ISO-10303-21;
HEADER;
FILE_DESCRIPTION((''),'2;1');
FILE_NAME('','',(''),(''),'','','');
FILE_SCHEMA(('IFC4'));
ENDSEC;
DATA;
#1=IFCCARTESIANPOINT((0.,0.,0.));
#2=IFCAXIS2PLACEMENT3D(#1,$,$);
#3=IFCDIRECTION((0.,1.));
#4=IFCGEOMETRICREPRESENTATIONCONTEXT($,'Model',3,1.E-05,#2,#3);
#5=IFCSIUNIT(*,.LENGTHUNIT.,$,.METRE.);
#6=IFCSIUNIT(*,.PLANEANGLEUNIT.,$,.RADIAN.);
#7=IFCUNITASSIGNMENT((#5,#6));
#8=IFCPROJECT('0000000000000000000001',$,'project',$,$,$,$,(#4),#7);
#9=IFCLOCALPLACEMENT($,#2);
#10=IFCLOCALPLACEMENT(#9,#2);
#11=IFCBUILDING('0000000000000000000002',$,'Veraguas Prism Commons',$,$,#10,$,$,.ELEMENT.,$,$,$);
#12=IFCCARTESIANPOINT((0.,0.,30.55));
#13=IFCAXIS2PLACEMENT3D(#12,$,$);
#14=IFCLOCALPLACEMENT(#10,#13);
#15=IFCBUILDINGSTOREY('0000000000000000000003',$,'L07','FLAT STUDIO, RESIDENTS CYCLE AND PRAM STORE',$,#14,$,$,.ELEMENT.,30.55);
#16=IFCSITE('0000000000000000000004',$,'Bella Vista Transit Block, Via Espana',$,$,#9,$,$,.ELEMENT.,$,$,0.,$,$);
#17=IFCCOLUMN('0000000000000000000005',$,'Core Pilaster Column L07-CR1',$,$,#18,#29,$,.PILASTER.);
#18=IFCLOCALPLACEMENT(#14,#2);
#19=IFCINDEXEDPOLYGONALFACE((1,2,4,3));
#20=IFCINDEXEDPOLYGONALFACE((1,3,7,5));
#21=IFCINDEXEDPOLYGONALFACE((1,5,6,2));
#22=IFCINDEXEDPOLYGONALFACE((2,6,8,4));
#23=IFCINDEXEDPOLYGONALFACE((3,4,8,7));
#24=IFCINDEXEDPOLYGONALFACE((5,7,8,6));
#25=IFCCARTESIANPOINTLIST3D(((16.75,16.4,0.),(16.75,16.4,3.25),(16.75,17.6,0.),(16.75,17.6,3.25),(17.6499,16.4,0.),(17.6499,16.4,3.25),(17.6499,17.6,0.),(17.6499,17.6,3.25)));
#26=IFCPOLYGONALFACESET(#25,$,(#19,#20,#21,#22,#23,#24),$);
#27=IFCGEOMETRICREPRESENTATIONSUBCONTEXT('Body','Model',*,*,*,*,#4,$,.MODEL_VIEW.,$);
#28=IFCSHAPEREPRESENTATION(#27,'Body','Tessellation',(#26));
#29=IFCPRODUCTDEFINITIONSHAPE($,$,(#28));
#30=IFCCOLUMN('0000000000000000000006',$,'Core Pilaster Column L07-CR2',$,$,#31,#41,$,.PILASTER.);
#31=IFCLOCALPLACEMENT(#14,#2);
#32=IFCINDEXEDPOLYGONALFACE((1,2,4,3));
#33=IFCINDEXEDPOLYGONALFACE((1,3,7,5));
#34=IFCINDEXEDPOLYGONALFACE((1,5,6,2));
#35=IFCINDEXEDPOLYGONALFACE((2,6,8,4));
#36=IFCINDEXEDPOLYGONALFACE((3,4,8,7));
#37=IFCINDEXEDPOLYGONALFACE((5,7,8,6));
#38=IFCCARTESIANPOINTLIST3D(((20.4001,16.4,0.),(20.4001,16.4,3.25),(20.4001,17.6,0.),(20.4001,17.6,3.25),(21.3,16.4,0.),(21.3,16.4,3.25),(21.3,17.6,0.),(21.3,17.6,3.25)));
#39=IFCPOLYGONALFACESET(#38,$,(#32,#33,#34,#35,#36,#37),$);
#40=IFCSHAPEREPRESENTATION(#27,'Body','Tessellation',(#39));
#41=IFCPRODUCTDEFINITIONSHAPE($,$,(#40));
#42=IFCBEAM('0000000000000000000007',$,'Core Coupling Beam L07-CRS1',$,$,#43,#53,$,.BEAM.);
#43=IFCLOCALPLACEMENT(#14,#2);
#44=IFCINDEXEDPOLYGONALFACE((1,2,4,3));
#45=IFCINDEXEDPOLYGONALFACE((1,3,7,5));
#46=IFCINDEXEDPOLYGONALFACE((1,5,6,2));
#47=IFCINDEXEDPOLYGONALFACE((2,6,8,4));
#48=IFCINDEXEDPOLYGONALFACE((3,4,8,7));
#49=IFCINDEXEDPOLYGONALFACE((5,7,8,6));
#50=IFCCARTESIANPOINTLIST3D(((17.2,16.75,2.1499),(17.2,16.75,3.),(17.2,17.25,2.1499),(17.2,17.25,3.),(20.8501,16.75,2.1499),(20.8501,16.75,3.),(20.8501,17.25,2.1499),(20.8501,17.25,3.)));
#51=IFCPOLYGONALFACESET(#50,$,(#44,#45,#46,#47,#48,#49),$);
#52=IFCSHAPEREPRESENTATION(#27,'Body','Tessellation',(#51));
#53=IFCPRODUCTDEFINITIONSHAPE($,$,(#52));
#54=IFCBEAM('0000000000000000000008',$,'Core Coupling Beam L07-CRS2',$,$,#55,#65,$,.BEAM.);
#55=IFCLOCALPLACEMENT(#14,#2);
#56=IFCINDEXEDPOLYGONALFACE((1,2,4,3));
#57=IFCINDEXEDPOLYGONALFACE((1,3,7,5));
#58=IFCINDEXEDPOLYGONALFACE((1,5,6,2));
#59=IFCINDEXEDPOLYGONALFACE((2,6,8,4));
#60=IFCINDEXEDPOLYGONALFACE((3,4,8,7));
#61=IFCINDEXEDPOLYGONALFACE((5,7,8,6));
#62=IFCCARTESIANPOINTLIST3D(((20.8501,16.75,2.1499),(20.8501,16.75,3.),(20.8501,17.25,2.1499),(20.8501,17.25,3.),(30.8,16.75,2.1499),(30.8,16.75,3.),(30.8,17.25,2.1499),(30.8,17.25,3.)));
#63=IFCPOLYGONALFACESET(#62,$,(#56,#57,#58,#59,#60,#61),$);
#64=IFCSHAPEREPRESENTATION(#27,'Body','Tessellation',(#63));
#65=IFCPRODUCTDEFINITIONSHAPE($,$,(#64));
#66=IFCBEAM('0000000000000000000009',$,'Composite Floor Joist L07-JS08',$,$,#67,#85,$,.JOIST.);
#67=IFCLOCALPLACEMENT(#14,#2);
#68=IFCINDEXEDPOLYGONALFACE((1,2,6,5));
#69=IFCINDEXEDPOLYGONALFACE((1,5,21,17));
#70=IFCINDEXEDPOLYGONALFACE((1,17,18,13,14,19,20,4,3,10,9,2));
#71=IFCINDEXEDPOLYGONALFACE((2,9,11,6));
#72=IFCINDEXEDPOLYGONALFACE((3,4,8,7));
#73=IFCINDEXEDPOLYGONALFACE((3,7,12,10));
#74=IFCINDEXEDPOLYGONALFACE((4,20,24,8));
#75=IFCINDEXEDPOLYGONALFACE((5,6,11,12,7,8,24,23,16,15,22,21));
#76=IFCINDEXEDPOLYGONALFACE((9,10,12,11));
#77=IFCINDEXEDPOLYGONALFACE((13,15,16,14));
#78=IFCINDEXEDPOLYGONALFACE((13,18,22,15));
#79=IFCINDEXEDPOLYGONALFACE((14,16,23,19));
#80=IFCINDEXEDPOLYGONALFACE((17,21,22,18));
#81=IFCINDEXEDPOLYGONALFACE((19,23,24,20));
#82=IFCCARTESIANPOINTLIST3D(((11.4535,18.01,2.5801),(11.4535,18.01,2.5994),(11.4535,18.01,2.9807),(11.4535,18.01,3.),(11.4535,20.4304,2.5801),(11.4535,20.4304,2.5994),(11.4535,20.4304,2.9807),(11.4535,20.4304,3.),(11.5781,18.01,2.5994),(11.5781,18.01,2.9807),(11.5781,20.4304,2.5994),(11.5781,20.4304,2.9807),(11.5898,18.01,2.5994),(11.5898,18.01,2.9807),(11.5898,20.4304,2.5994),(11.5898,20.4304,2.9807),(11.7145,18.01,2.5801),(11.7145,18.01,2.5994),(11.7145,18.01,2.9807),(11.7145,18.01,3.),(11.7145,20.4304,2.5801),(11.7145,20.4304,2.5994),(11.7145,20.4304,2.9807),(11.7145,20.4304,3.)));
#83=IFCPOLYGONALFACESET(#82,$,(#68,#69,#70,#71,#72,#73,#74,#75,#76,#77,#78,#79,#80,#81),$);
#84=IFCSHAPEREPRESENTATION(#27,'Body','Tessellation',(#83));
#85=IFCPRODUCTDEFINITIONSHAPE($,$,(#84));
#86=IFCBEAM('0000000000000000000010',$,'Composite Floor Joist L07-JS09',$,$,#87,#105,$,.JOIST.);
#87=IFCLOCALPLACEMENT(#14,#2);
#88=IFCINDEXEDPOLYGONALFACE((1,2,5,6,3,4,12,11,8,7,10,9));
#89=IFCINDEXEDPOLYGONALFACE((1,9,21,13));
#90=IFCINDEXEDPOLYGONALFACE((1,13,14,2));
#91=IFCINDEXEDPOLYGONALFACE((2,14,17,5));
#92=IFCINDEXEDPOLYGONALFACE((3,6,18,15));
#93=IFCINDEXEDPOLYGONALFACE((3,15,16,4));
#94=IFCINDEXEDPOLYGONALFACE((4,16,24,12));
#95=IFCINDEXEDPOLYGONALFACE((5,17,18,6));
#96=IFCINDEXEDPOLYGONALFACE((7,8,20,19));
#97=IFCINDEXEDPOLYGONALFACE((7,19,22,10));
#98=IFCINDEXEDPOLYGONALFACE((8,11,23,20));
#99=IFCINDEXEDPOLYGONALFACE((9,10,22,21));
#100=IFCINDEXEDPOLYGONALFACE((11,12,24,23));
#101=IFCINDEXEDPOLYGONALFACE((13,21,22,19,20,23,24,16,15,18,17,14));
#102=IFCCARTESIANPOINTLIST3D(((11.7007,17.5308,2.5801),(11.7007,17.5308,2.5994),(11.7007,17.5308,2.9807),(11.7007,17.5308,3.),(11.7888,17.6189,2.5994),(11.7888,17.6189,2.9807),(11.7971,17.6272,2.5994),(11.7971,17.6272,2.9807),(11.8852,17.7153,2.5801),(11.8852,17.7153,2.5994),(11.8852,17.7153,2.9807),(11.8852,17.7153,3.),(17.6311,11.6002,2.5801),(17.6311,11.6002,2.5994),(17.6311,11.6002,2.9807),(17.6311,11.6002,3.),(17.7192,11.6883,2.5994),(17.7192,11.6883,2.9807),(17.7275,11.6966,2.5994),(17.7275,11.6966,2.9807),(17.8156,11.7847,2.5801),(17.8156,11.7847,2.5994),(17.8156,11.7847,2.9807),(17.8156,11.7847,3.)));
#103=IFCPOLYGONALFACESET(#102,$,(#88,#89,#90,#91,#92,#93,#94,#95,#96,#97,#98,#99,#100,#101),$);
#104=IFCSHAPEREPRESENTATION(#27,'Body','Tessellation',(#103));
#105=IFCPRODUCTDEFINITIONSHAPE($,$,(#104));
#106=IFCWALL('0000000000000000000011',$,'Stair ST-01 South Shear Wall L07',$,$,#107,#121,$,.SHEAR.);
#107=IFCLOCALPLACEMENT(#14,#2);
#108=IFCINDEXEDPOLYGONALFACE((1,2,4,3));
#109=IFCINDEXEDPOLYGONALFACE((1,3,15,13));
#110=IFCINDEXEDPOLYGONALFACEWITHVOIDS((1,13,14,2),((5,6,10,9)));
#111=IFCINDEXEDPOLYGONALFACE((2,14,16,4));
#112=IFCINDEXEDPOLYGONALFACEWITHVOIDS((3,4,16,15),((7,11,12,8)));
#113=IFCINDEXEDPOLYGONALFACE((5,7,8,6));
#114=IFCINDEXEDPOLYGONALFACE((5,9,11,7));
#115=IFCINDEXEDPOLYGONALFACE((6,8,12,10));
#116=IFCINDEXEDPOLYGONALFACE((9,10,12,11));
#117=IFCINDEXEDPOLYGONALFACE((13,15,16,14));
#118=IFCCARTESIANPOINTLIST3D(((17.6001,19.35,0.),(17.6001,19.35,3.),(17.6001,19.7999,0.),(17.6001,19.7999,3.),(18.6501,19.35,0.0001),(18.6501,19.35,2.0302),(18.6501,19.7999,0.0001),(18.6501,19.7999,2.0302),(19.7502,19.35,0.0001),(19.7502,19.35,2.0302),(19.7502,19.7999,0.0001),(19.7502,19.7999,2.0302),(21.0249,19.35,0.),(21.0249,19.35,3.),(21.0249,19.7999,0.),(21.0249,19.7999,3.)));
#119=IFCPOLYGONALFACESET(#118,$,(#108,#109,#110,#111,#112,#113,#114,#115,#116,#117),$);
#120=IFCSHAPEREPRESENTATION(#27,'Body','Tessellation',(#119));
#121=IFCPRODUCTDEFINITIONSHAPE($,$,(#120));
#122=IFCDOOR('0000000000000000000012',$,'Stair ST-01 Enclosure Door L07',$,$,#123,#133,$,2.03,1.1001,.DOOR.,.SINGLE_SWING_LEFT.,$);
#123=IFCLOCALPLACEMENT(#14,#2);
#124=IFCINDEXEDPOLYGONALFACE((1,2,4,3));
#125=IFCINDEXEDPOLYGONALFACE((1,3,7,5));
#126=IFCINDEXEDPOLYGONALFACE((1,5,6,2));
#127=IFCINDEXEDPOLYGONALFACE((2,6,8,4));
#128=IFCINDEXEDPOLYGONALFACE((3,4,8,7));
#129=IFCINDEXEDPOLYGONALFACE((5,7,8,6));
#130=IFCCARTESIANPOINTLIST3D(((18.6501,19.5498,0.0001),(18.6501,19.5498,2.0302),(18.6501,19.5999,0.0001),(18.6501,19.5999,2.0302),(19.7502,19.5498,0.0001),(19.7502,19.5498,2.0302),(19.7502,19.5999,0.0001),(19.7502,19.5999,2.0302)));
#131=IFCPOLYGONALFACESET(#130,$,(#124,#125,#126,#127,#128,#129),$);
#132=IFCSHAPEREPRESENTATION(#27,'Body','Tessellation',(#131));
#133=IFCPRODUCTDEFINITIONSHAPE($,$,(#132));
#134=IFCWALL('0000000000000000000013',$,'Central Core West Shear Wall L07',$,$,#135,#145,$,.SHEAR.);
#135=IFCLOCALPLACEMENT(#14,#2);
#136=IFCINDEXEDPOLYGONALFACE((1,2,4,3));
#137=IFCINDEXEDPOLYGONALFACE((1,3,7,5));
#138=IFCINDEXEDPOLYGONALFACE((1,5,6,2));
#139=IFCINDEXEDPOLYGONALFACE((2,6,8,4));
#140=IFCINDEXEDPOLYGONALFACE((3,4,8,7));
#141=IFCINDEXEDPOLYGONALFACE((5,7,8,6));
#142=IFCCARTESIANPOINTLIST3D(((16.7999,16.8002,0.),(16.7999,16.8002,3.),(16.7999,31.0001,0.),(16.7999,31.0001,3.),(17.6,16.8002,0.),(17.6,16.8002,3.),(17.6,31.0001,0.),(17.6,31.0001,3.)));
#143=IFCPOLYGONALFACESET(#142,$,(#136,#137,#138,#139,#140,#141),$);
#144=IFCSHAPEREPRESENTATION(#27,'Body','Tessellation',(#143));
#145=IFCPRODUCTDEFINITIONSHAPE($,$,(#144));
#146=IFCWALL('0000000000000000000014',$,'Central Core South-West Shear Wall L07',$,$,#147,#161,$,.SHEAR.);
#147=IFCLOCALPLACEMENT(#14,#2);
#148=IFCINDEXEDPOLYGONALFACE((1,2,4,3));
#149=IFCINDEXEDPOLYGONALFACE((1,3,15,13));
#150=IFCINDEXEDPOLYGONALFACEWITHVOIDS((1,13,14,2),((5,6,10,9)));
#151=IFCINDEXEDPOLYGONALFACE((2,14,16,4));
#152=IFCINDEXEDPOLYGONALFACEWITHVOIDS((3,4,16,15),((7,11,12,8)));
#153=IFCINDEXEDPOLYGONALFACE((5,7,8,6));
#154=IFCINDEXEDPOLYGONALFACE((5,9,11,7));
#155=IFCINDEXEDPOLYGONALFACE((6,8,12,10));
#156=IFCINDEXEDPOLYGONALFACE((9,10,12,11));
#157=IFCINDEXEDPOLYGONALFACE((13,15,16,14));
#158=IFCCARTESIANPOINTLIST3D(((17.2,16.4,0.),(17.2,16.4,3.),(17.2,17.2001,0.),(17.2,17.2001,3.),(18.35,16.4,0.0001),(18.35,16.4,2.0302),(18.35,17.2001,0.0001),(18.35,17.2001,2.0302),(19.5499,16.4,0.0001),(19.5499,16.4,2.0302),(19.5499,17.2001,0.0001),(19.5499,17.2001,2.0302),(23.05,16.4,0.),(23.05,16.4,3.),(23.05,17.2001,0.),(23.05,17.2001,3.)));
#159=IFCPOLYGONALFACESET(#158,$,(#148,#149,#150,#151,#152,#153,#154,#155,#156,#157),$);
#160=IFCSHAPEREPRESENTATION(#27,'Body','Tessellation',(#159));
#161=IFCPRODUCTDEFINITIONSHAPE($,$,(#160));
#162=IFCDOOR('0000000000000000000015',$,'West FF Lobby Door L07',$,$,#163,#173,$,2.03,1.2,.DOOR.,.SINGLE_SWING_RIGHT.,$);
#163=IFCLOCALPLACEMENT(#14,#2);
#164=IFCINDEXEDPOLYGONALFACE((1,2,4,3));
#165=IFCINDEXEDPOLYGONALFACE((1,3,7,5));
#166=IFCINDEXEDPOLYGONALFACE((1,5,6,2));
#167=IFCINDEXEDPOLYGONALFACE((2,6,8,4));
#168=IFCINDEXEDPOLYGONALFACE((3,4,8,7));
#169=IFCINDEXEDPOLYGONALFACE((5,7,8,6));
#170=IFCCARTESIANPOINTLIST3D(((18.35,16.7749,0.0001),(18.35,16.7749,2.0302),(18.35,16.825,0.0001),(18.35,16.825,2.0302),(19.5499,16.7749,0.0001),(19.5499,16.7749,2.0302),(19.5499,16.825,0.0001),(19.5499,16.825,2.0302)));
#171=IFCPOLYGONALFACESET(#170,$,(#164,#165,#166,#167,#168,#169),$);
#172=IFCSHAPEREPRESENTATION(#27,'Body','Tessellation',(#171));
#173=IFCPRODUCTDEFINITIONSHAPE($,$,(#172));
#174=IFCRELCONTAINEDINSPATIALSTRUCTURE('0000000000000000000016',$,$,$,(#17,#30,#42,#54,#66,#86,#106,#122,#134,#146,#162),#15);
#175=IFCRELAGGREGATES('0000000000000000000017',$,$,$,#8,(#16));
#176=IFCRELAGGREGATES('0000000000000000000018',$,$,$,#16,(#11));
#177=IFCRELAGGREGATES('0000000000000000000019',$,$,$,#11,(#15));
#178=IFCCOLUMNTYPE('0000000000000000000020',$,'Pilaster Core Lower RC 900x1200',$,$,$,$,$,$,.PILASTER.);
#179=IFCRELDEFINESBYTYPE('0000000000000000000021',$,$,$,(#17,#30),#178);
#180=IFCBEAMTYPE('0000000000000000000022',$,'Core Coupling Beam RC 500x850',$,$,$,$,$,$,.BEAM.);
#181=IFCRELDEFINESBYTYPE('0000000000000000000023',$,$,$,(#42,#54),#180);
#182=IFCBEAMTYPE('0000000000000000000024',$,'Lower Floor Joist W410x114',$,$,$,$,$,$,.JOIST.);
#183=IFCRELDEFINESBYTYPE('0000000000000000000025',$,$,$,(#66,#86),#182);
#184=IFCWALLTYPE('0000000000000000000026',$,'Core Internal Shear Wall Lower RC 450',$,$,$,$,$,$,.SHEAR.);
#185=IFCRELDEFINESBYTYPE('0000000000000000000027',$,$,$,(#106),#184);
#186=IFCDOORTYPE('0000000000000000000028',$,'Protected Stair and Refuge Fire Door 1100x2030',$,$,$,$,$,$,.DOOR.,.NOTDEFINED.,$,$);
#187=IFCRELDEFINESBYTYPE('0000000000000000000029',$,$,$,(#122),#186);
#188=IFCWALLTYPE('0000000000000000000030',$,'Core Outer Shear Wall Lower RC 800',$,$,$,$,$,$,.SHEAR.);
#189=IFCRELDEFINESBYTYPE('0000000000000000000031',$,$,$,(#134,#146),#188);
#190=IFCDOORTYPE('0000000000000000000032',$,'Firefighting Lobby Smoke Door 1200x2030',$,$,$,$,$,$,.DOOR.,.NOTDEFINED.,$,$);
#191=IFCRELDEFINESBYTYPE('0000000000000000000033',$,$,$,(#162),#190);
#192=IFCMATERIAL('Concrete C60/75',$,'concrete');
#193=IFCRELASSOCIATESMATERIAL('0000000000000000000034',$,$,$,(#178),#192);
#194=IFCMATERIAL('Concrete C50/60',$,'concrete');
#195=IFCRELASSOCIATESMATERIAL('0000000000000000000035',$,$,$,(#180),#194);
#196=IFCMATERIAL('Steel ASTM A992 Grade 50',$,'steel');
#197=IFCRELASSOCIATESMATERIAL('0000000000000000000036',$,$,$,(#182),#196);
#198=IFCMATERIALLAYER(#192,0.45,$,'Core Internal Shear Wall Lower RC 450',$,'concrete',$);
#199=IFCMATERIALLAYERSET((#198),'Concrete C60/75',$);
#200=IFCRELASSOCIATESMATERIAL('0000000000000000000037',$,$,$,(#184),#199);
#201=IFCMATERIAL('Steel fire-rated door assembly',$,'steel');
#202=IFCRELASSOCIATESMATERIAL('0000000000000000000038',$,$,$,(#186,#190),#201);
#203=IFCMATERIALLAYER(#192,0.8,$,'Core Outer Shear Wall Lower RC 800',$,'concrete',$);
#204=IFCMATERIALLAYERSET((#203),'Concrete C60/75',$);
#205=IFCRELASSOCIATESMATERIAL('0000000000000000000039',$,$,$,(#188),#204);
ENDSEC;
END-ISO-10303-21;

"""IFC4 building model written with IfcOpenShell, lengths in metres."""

from ifc_helpers import new_model, si_unit, direction, frame, frame_2d, origin, origin_2d, place, context, subcontext, project, spatial, rectangle, i_section, extrude, source, transform, mapped, material, layer, layer_set, material_profile, profile_set, type_object, element, fill, save


model = new_model("IFC4")

# Units and contexts
model_context = context("Model", 3, precision=1e-05, world=origin(), true_north=direction((0.0, 1.0)))
body_context = subcontext(model_context, "Body", "Model", "MODEL_VIEW")
ifc_project = project(units=[si_unit("LENGTHUNIT", "METRE"), si_unit("PLANEANGLEUNIT", "RADIAN")], contexts=[model_context])

# Site, building, storey
site_placement = place(None, origin())
site = spatial("IfcSite", under=ifc_project, at=site_placement, Name="Bella Vista Transit Block, Via Espana", CompositionType="ELEMENT", RefElevation=0.0)
building_placement = place(site_placement, origin())
building = spatial("IfcBuilding", under=site, at=building_placement, Name="Veraguas Prism Commons", CompositionType="ELEMENT")
storey_placement = place(building_placement, frame((0.0, 0.0, 30.55)))
storey = spatial("IfcBuildingStorey", under=building, at=storey_placement, Name="L07", Description="FLAT STUDIO, RESIDENTS CYCLE AND PRAM STORE", CompositionType="ELEMENT", Elevation=30.55)

# Columns
ifc_material_1 = material(Name="Concrete C60/75", Category="concrete")
ifc_material_profile_1 = material_profile(ifc_material_1, rectangle(XDim=0.8999, YDim=1.2, at=origin_2d()), Name="RC900X1200")
ifc_profile_set_1 = profile_set([ifc_material_profile_1], Name="Concrete C60/75")
column_type = type_object("IfcColumnType", Name="Pilaster Core Lower RC 900x1200", PredefinedType="PILASTER", material=ifc_profile_set_1)
for number, where, z_axis, x_axis, name in (
    (1, (17.2, 17.0, 0.0), (0.0, 0.0, 1.0), (1.0, 0.0, 0.0), "Core Pilaster Column L07-CR1"),
    (2, (20.8501, 17.0, 0.0), (0.0, 0.0, 1.0), (1.0, 0.0, 0.0), "Core Pilaster Column L07-CR2"),
):
    element("IfcColumn", number, at=place(storey_placement, frame(where, z_axis=z_axis, x_axis=x_axis)), inside=storey, type_object=column_type, Name=name, PredefinedType="PILASTER", context=body_context, shape_type="SweptSolid", body=[
        extrude(rectangle(XDim=0.8999, YDim=1.2, at=origin_2d()), origin(), (0.0, 0.0, 1.0), 3.25),
    ])

# Beams
ifc_material_2 = material(Name="Concrete C50/60", Category="concrete")
ifc_material_profile_2 = material_profile(ifc_material_2, rectangle(XDim=0.5, YDim=0.8501, at=origin_2d()), Name="RC500X850")
ifc_profile_set_2 = profile_set([ifc_material_profile_2], Name="Concrete C50/60")
beam_type_1 = type_object("IfcBeamType", Name="Core Coupling Beam RC 500x850", PredefinedType="BEAM", material=ifc_profile_set_2)
beam_1_placement = place(storey_placement, frame((17.2, 17.0, 2.575), z_axis=(1.0, 0.0, 0.0), x_axis=(0.0, 1.0, 0.0)))
element("IfcBeam", 3, at=beam_1_placement, inside=storey, type_object=beam_type_1, Name="Core Coupling Beam L07-CRS1", PredefinedType="BEAM", context=body_context, shape_type="SweptSolid", body=[
    extrude(rectangle(XDim=0.5, YDim=0.8501, at=origin_2d()), origin(), (0.0, 0.0, 1.0), 3.6501),
])
beam_2_placement = place(storey_placement, frame((20.8501, 17.0, 2.575), z_axis=(1.0, 0.0, 0.0), x_axis=(0.0, 1.0, 0.0)))
element("IfcBeam", 4, at=beam_2_placement, inside=storey, type_object=beam_type_1, Name="Core Coupling Beam L07-CRS2", PredefinedType="BEAM", context=body_context, shape_type="SweptSolid", body=[
    extrude(rectangle(XDim=0.5, YDim=0.8501, at=origin_2d()), origin(), (0.0, 0.0, 1.0), 9.95),
])
ifc_material_3 = material(Name="Steel ASTM A992 Grade 50", Category="steel")
ifc_material_profile_3 = material_profile(ifc_material_3, i_section(OverallWidth=0.261, OverallDepth=0.4199, WebThickness=0.0117, FlangeThickness=0.0193, at=origin_2d()), Name="W410X114")
ifc_profile_set_3 = profile_set([ifc_material_profile_3], Name="Steel ASTM A992 Grade 50")
beam_type_2 = type_object("IfcBeamType", Name="Lower Floor Joist W410x114", PredefinedType="JOIST", material=ifc_profile_set_3)
beam_3_placement = place(storey_placement, frame((11.584, 20.4304, 2.79), z_axis=(0.0, -1.0, 0.0), x_axis=(1.0, 0.0, 0.0)))
element("IfcBeam", 5, at=beam_3_placement, inside=storey, type_object=beam_type_2, Name="Composite Floor Joist L07-JS08", PredefinedType="JOIST", context=body_context, shape_type="SweptSolid", body=[
    extrude(i_section(OverallWidth=0.261, OverallDepth=0.4199, WebThickness=0.0117, FlangeThickness=0.0193, at=origin_2d()), origin(), (0.0, 0.0, 1.0), 2.4204),
])
beam_4_placement = place(storey_placement, frame((11.793, 17.623, 2.79), z_axis=(0.707092, -0.707121, 0.0), x_axis=(0.707121, 0.707092, 0.0)))
element("IfcBeam", 6, at=beam_4_placement, inside=storey, type_object=beam_type_2, Name="Composite Floor Joist L07-JS09", PredefinedType="JOIST", context=body_context, shape_type="SweptSolid", body=[
    extrude(i_section(OverallWidth=0.261, OverallDepth=0.4199, WebThickness=0.0117, FlangeThickness=0.0193, at=origin_2d()), origin(), (0.0, 0.0, 1.0), 8.387),
])

# Wall, opening, door
ifc_layer_1 = layer(ifc_material_1, 0.45, Name="Core Internal Shear Wall Lower RC 450", Category="concrete")
ifc_layer_set_1 = layer_set([ifc_layer_1], Name="Concrete C60/75")
wall_type_1 = type_object("IfcWallType", Name="Core Internal Shear Wall Lower RC 450", PredefinedType="SHEAR", material=ifc_layer_set_1)
wall_1_placement = place(storey_placement, frame((17.6001, 19.575, 0.0), z_axis=(0.0, 0.0, 1.0), x_axis=(1.0, 0.0, 0.0)))
wall_1 = element("IfcWall", 7, at=wall_1_placement, inside=storey, type_object=wall_type_1, Name="Stair ST-01 South Shear Wall L07", PredefinedType="SHEAR", context=body_context, shape_type="SweptSolid", body=[
    extrude(rectangle(XDim=3.4248, YDim=0.45, at=frame_2d((1.7124, 0.0))), origin(), (0.0, 0.0, 1.0), 3.0),
])
opening_1_placement = place(wall_1_placement, frame((1.05, 0.0, 0.0)))
opening_1 = element("IfcOpeningElement", 8, at=opening_1_placement, cuts=wall_1, PredefinedType="OPENING", context=body_context, shape_type="SweptSolid", body=[
    extrude(rectangle(XDim=1.1001, YDim=2.03, at=frame_2d((0.55, 1.0151))), frame((0.0, 0.2349, 0.0), z_axis=(0.0, -1.0, 0.0), x_axis=(1.0, 0.0, 0.0)), (0.0, 0.0, 1.0), 0.47),
])
ifc_material_4 = material(Name="Steel fire-rated door assembly", Category="steel")
door_type_1 = type_object("IfcDoorType", Name="Protected Stair and Refuge Fire Door 1100x2030", OperationType="NOTDEFINED", PredefinedType="DOOR", material=ifc_material_4)
shared_shape_1 = source(origin(), body_context, "Body", "SweptSolid", [
    extrude(rectangle(XDim=1.1001, YDim=2.03, at=frame_2d((0.55, 1.0151))), frame((0.0, 0.0249, 0.0), z_axis=(0.0, -1.0, 0.0), x_axis=(1.0, 0.0, 0.0)), (0.0, 0.0, 1.0), 0.05),
])
door_1_placement = place(opening_1_placement, origin())
door_1 = element("IfcDoor", 9, at=door_1_placement, inside=storey, type_object=door_type_1, Name="Stair ST-01 Enclosure Door L07", OperationType="SINGLE_SWING_LEFT", OverallHeight=2.03, OverallWidth=1.1001, PredefinedType="DOOR", context=body_context, shape_type="MappedRepresentation", body=[
    mapped(shared_shape_1, transform((0.0, 0.0, 0.0), scale=1.0)),
])
fill(opening_1, door_1)

# Wall
ifc_layer_2 = layer(ifc_material_1, 0.8, Name="Core Outer Shear Wall Lower RC 800", Category="concrete")
ifc_layer_set_2 = layer_set([ifc_layer_2], Name="Concrete C60/75")
wall_type_2 = type_object("IfcWallType", Name="Core Outer Shear Wall Lower RC 800", PredefinedType="SHEAR", material=ifc_layer_set_2)
wall_2_placement = place(storey_placement, frame((17.2, 16.8, 0.0), z_axis=(0.0, 0.0, 1.0), x_axis=(0.0, 1.0, 0.0)))
element("IfcWall", 10, at=wall_2_placement, inside=storey, type_object=wall_type_2, Name="Central Core West Shear Wall L07", PredefinedType="SHEAR", context=body_context, shape_type="SweptSolid", body=[
    extrude(rectangle(XDim=14.2, YDim=0.8, at=frame_2d((7.1001, 0.0))), origin(), (0.0, 0.0, 1.0), 3.0),
])

# Wall, opening, door
wall_3_placement = place(storey_placement, frame((17.2, 16.8, 0.0), z_axis=(0.0, 0.0, 1.0), x_axis=(1.0, 0.0, 0.0)))
wall_3 = element("IfcWall", 11, at=wall_3_placement, inside=storey, type_object=wall_type_2, Name="Central Core South-West Shear Wall L07", PredefinedType="SHEAR", context=body_context, shape_type="SweptSolid", body=[
    extrude(rectangle(XDim=5.8501, YDim=0.8, at=frame_2d((2.925, 0.0))), origin(), (0.0, 0.0, 1.0), 3.0),
])
opening_2_placement = place(wall_3_placement, frame((1.1499, 0.0, 0.0)))
opening_2 = element("IfcOpeningElement", 12, at=opening_2_placement, cuts=wall_3, PredefinedType="OPENING", context=body_context, shape_type="SweptSolid", body=[
    extrude(rectangle(XDim=1.2, YDim=2.03, at=frame_2d((0.6001, 1.0151))), frame((0.0, 0.4099, 0.0), z_axis=(0.0, -1.0, 0.0), x_axis=(1.0, 0.0, 0.0)), (0.0, 0.0, 1.0), 0.8201),
])
door_type_2 = type_object("IfcDoorType", Name="Firefighting Lobby Smoke Door 1200x2030", OperationType="NOTDEFINED", PredefinedType="DOOR", material=ifc_material_4)
shared_shape_2 = source(origin(), body_context, "Body", "SweptSolid", [
    extrude(rectangle(XDim=1.2, YDim=2.03, at=frame_2d((0.6001, 1.0151))), frame((0.0, 0.0249, 0.0), z_axis=(0.0, -1.0, 0.0), x_axis=(1.0, 0.0, 0.0)), (0.0, 0.0, 1.0), 0.05),
])
door_2_placement = place(opening_2_placement, origin())
door_2 = element("IfcDoor", 13, at=door_2_placement, inside=storey, type_object=door_type_2, Name="West FF Lobby Door L07", OperationType="SINGLE_SWING_RIGHT", OverallHeight=2.03, OverallWidth=1.2, PredefinedType="DOOR", context=body_context, shape_type="MappedRepresentation", body=[
    mapped(shared_shape_2, transform((0.0, 0.0, 0.0), scale=1.0)),
])
fill(opening_2, door_2)

save(model, "model.ifc")
